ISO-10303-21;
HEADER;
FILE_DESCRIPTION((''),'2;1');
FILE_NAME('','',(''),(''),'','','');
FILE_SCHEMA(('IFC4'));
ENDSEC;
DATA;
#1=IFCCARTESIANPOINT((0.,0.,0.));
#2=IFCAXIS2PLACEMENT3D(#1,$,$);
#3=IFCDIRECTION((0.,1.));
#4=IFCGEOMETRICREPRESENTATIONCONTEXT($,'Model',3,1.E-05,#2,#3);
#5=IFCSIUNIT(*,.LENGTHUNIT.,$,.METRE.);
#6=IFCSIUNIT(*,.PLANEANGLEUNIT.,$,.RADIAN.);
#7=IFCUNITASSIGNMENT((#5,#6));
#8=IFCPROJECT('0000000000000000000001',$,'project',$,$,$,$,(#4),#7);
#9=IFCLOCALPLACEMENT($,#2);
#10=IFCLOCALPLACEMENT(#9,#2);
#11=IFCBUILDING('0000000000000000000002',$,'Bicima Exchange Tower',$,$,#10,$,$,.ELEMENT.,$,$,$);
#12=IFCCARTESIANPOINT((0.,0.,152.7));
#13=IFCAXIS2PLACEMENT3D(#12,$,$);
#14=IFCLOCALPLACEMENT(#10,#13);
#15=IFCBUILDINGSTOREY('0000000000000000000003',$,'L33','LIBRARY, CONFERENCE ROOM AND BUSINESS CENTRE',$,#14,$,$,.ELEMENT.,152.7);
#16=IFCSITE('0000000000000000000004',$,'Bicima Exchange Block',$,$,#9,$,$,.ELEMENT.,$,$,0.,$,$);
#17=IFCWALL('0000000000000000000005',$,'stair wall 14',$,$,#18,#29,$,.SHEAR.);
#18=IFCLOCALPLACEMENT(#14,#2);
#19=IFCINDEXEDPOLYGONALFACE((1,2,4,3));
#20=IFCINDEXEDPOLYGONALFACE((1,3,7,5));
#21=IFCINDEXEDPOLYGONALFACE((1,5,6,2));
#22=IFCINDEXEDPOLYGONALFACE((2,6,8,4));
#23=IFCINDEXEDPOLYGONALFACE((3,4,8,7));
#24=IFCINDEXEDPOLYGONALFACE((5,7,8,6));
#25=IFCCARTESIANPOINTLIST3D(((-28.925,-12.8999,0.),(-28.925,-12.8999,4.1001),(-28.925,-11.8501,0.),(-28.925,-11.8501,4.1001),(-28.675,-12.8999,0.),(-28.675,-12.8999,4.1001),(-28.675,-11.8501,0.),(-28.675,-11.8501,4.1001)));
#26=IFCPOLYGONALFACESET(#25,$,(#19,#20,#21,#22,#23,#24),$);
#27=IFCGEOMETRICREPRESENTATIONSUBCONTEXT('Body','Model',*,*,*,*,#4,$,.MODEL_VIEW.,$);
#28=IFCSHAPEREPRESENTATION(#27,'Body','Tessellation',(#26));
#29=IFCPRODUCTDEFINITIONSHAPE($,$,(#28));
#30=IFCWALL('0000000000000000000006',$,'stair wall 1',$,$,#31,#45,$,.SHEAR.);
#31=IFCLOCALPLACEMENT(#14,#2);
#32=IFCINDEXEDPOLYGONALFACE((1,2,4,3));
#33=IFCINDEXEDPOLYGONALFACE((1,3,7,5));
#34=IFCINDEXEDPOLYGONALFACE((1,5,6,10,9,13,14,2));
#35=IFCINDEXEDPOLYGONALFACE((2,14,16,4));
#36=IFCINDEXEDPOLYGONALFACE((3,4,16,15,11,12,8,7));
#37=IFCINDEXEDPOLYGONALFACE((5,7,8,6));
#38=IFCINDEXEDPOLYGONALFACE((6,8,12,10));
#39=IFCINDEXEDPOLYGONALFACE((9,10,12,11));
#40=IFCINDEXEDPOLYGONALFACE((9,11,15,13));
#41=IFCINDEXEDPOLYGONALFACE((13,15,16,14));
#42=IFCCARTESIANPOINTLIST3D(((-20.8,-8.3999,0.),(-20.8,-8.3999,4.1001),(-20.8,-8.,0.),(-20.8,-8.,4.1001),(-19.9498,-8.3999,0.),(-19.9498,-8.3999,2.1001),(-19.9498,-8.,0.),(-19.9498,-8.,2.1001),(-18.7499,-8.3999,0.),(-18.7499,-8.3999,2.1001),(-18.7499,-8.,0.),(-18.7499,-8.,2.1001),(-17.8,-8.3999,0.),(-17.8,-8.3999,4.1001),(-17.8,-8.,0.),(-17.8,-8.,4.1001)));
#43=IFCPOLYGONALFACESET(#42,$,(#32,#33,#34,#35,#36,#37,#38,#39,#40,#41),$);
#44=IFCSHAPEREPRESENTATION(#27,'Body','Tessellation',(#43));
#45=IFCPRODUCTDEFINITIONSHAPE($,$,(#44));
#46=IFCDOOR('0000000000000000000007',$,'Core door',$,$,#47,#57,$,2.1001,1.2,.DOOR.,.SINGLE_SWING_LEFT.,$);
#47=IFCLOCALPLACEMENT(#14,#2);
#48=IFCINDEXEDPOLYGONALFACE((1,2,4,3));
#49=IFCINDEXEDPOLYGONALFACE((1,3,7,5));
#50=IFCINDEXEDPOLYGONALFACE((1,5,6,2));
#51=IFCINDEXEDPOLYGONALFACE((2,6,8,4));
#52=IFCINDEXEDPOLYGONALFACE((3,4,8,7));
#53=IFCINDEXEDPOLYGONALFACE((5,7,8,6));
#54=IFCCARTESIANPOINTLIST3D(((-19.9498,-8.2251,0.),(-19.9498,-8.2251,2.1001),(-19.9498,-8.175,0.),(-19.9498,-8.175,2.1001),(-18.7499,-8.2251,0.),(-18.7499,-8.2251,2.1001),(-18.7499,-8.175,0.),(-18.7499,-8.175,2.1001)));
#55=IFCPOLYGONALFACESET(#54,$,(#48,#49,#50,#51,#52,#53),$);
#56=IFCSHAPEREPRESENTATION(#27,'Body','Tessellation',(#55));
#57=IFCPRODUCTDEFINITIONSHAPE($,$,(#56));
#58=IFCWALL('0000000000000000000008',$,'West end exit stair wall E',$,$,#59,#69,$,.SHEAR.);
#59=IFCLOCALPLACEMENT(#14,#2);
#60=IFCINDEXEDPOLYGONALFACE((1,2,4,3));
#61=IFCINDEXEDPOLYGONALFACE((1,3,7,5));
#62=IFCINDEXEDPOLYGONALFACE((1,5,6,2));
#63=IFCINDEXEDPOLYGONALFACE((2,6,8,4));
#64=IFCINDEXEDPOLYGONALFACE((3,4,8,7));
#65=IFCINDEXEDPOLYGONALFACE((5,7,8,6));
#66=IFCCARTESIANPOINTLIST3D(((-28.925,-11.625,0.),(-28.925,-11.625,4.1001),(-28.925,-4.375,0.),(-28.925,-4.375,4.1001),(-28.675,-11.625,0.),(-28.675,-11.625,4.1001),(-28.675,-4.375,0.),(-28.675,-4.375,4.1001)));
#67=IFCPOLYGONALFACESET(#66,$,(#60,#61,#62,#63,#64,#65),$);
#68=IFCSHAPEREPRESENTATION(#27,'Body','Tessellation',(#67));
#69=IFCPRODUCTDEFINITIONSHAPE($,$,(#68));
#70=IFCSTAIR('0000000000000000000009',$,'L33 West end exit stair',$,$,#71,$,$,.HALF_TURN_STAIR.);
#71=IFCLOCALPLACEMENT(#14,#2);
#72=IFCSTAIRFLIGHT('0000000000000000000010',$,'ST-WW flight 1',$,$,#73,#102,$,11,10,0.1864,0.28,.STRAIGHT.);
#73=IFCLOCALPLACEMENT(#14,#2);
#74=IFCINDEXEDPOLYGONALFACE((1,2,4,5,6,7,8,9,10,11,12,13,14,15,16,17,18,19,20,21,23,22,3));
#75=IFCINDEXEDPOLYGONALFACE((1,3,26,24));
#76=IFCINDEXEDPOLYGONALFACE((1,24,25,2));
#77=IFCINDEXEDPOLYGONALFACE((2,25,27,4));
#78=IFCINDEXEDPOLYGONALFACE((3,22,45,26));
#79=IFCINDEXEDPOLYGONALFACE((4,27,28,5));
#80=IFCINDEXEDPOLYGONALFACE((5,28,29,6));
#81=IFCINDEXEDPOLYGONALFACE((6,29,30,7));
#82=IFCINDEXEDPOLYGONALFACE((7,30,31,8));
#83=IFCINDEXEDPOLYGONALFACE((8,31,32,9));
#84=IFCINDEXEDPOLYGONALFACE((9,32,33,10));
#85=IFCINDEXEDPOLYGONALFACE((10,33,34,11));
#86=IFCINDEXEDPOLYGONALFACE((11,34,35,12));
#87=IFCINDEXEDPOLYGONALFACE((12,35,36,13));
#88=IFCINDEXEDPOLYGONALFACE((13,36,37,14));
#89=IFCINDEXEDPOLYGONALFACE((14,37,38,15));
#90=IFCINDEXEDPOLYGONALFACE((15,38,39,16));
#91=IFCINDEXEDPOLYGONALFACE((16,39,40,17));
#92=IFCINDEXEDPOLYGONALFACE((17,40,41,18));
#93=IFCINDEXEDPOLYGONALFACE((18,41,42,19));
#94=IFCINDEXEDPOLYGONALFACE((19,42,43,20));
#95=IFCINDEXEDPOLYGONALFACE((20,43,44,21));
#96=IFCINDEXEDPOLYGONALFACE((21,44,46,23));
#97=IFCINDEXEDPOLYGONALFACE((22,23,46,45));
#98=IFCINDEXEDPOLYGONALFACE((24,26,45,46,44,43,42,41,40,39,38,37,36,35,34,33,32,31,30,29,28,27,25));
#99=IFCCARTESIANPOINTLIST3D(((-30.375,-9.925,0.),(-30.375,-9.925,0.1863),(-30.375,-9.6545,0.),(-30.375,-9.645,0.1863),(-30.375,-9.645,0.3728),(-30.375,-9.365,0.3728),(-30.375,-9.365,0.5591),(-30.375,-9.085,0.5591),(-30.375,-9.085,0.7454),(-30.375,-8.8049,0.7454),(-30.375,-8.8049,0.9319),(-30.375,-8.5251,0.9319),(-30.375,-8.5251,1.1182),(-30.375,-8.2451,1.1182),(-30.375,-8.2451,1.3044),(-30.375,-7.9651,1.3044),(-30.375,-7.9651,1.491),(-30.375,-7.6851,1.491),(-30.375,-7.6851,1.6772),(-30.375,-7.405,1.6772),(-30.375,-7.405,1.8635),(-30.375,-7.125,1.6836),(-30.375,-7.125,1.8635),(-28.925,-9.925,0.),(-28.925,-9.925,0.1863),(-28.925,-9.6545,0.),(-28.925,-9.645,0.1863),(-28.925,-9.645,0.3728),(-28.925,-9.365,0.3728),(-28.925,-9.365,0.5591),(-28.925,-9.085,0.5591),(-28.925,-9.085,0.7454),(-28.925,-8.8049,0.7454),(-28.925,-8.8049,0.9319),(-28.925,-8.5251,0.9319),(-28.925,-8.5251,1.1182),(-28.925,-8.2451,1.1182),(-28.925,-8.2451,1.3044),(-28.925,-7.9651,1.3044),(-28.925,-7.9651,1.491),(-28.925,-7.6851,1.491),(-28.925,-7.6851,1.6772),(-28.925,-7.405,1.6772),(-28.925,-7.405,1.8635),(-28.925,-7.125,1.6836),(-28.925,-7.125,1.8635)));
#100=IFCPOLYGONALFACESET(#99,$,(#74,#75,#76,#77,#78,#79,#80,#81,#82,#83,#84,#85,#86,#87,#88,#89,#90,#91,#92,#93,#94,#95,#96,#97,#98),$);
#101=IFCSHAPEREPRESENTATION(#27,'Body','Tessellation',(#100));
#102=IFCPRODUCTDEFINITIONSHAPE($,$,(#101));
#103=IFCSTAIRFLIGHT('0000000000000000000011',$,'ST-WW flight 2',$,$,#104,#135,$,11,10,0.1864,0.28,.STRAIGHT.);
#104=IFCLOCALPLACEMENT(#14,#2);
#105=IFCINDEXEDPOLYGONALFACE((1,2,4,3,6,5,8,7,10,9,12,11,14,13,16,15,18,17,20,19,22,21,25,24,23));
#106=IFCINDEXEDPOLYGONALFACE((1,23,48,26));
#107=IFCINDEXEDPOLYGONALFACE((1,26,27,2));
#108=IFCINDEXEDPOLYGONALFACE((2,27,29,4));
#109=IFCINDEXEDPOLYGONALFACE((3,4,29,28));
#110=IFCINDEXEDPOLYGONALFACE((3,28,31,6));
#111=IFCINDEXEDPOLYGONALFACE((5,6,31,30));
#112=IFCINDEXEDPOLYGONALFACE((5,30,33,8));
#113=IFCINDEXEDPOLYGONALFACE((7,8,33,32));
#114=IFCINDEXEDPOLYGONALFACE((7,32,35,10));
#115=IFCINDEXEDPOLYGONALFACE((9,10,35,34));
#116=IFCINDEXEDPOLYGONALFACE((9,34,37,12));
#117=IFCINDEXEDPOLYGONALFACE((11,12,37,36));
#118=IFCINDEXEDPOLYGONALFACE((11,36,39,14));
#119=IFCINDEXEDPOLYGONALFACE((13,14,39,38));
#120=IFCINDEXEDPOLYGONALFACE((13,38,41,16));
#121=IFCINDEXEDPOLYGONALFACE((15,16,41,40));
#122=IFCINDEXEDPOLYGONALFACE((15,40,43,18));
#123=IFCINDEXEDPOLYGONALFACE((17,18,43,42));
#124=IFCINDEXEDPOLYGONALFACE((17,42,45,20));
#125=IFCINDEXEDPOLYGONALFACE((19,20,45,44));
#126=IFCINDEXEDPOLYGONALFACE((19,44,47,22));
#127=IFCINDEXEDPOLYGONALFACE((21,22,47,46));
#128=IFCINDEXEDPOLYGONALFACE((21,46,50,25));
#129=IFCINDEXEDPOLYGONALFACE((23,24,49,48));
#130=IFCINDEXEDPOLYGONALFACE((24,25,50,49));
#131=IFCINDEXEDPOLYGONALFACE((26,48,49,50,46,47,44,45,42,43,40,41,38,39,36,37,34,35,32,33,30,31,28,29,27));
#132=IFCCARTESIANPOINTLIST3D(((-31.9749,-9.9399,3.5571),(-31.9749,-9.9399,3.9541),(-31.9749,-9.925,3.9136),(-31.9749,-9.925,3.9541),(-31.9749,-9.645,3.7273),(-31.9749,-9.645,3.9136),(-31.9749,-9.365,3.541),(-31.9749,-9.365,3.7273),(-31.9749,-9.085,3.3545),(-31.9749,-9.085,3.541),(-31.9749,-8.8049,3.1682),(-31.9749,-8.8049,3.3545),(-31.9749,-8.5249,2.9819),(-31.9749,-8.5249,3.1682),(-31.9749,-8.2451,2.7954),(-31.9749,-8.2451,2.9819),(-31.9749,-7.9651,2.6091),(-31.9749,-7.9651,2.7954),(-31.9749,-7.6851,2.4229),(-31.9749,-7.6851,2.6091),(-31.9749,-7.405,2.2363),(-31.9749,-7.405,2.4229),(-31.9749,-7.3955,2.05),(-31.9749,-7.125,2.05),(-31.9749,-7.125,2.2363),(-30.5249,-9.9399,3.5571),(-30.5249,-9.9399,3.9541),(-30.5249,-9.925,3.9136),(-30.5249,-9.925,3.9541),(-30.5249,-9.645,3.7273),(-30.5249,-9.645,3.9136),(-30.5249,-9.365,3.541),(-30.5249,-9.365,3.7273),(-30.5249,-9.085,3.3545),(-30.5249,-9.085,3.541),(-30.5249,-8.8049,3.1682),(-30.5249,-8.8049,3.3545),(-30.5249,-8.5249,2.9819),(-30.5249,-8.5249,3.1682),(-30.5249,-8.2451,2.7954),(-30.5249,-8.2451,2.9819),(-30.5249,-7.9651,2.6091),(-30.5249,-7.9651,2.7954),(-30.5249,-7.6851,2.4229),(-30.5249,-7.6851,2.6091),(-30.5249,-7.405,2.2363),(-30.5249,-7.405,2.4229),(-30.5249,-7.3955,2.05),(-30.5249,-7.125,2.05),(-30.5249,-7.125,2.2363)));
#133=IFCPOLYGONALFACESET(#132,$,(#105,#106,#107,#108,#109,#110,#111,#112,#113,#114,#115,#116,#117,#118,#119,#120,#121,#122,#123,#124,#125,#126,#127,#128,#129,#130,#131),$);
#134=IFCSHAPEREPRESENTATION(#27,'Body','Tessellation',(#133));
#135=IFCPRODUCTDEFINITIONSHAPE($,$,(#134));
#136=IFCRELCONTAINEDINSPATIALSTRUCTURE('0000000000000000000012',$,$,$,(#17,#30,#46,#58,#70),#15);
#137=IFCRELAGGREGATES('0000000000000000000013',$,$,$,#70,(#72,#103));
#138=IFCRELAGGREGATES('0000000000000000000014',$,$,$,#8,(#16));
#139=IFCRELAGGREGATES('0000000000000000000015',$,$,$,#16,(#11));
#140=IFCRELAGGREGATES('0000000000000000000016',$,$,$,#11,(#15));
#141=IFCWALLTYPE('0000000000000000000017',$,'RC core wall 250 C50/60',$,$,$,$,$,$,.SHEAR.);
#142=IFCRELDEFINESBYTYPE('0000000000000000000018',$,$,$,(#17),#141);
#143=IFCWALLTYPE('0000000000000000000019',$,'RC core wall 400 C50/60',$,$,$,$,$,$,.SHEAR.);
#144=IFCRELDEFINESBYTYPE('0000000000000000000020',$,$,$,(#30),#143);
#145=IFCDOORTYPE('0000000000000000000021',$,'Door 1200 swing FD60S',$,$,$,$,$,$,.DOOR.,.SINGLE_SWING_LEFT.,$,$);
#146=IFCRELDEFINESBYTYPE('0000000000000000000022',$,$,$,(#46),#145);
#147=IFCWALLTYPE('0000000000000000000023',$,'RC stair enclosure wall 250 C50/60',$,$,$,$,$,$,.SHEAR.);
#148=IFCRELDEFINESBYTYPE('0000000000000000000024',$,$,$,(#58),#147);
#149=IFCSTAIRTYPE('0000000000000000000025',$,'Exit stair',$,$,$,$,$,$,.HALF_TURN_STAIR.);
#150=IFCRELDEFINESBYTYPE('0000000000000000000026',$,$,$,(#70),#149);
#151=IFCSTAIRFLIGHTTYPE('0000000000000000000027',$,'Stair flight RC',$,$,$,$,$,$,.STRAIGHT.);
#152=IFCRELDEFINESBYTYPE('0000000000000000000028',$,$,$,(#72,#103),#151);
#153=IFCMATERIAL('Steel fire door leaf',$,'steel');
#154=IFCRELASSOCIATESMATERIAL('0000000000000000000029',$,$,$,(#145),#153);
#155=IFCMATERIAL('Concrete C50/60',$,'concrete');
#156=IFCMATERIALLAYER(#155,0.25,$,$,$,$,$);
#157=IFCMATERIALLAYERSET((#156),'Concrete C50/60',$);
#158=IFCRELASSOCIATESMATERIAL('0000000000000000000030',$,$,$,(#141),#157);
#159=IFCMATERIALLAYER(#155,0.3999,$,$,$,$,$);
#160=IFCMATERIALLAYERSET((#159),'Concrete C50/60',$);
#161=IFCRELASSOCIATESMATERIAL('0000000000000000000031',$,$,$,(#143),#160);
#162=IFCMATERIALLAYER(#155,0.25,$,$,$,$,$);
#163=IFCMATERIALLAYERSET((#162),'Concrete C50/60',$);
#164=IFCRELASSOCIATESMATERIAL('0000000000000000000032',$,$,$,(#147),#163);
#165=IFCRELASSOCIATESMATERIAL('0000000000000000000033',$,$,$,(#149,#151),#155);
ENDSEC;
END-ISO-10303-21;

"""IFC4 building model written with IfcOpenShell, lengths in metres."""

from ifc_helpers import new_model, si_unit, direction, frame, frame_2d, origin, place, context, subcontext, project, spatial, polyline, rectangle, outline, extrude, material, layer, layer_set, type_object, element, fill, aggregate, save


model = new_model("IFC4")

# Units and contexts
model_context = context("Model", 3, precision=1e-05, world=origin(), true_north=direction((0.0, 1.0)))
body_context = subcontext(model_context, "Body", "Model", "MODEL_VIEW")
ifc_project = project(units=[si_unit("LENGTHUNIT", "METRE"), si_unit("PLANEANGLEUNIT", "RADIAN")], contexts=[model_context])

# Site, building, storey
site_placement = place(None, origin())
site = spatial("IfcSite", under=ifc_project, at=site_placement, Name="Bicima Exchange Block", CompositionType="ELEMENT", RefElevation=0.0)
building_placement = place(site_placement, origin())
building = spatial("IfcBuilding", under=site, at=building_placement, Name="Bicima Exchange Tower", CompositionType="ELEMENT")
storey_placement = place(building_placement, frame((0.0, 0.0, 152.7)))
storey = spatial("IfcBuildingStorey", under=building, at=storey_placement, Name="L33", Description="LIBRARY, CONFERENCE ROOM AND BUSINESS CENTRE", CompositionType="ELEMENT", Elevation=152.7)

# Shared definitions
ifc_material_1 = material(Name="Concrete C50/60", Category="concrete")
ifc_material_2 = material(Name="Steel fire door leaf", Category="steel")
door_type_1 = type_object("IfcDoorType", Name="Door 1200 swing FD60S", OperationType="SINGLE_SWING_LEFT", PredefinedType="DOOR", material=ifc_material_2)

# Wall
ifc_layer_1 = layer(ifc_material_1, 0.25)
ifc_layer_set_1 = layer_set([ifc_layer_1], Name="Concrete C50/60")
wall_type_1 = type_object("IfcWallType", Name="RC core wall 250 C50/60", PredefinedType="SHEAR", material=ifc_layer_set_1)
wall_1_placement = place(storey_placement, frame((-28.8, -12.8999, 0.0), z_axis=(0.0, 0.0, 1.0), x_axis=(0.0, 1.0, 0.0)))
element("IfcWall", 1, at=wall_1_placement, inside=storey, type_object=wall_type_1, Name="stair wall 14", PredefinedType="SHEAR", context=body_context, shape_type="SweptSolid", body=[
    extrude(rectangle(XDim=1.0498, YDim=0.25, at=frame_2d((0.5249, 0.0))), origin(), (0.0, 0.0, 1.0), 4.1001),
])

# Wall, opening, door
ifc_layer_2 = layer(ifc_material_1, 0.3999)
ifc_layer_set_2 = layer_set([ifc_layer_2], Name="Concrete C50/60")
wall_type_2 = type_object("IfcWallType", Name="RC core wall 400 C50/60", PredefinedType="SHEAR", material=ifc_layer_set_2)
wall_2_placement = place(storey_placement, frame((-20.8, -8.2, 0.0), z_axis=(0.0, 0.0, 1.0), x_axis=(1.0, 0.0, 0.0)))
wall_2 = element("IfcWall", 2, at=wall_2_placement, inside=storey, type_object=wall_type_2, Name="stair wall 1", PredefinedType="SHEAR", context=body_context, shape_type="SweptSolid", body=[
    extrude(rectangle(XDim=3.0, YDim=0.3999, at=frame_2d((1.5, 0.0))), origin(), (0.0, 0.0, 1.0), 4.1001),
])
opening_1_placement = place(wall_2_placement, frame((0.8501, 0.0, 0.0)))
opening_1 = element("IfcOpeningElement", 3, at=opening_1_placement, cuts=wall_2, PredefinedType="OPENING", context=body_context, shape_type="SweptSolid", body=[
    extrude(rectangle(XDim=1.2, YDim=2.1001, at=frame_2d((0.6001, 1.05))), frame((0.0, 0.2119, 0.0), z_axis=(0.0, -1.0, 0.0), x_axis=(1.0, 0.0, 0.0)), (0.0, 0.0, 1.0), 0.4238),
])
door_1_placement = place(opening_1_placement, origin())
door_1 = element("IfcDoor", 4, at=door_1_placement, inside=storey, type_object=door_type_1, Name="Core door", OperationType="SINGLE_SWING_LEFT", OverallHeight=2.1001, OverallWidth=1.2, PredefinedType="DOOR", context=body_context, shape_type="SweptSolid", body=[
    extrude(rectangle(XDim=1.2, YDim=2.1001, at=frame_2d((0.6001, 1.05))), frame((0.0, 0.0249, 0.0), z_axis=(0.0, -1.0, 0.0), x_axis=(1.0, 0.0, 0.0)), (0.0, 0.0, 1.0), 0.05),
])
fill(opening_1, door_1)

# Wall
ifc_layer_3 = layer(ifc_material_1, 0.25)
ifc_layer_set_3 = layer_set([ifc_layer_3], Name="Concrete C50/60")
wall_type_3 = type_object("IfcWallType", Name="RC stair enclosure wall 250 C50/60", PredefinedType="SHEAR", material=ifc_layer_set_3)
wall_3_placement = place(storey_placement, frame((-28.8, -11.625, 0.0), z_axis=(0.0, 0.0, 1.0), x_axis=(0.0, 1.0, 0.0)))
element("IfcWall", 5, at=wall_3_placement, inside=storey, type_object=wall_type_3, Name="West end exit stair wall E", PredefinedType="SHEAR", context=body_context, shape_type="SweptSolid", body=[
    extrude(rectangle(XDim=7.25, YDim=0.25, at=frame_2d((3.625, 0.0))), origin(), (0.0, 0.0, 1.0), 4.1001),
])

# Stair, stair flights
stair_type = type_object("IfcStairType", Name="Exit stair", PredefinedType="HALF_TURN_STAIR", material=ifc_material_1)
stair_placement = place(storey_placement, origin())
stair = element("IfcStair", 6, at=stair_placement, inside=storey, type_object=stair_type, Name="L33 West end exit stair", PredefinedType="HALF_TURN_STAIR")
stair_flight_type = type_object("IfcStairFlightType", Name="Stair flight RC", PredefinedType="STRAIGHT", material=ifc_material_1)
stair_flight_1_placement = place(storey_placement, frame((-29.6499, -9.925, 0.0), z_axis=(0.0, 0.0, 1.0), x_axis=(0.0, 1.0, 0.0)))
stair_flight_1 = element("IfcStairFlight", 7, at=stair_flight_1_placement, type_object=stair_flight_type, Name="ST-WW flight 1", NumberOfRisers=11, NumberOfTreads=10, PredefinedType="STRAIGHT", RiserHeight=0.1864, TreadLength=0.28, context=body_context, shape_type="SweptSolid", body=[
    extrude(outline(polyline([(0.0, 0.0), (0.0, 0.1863), (0.28, 0.1863), (0.28, 0.3728), (0.5601, 0.3728), (0.5601, 0.5591), (0.8401, 0.5591), (0.8401, 0.7454), (1.1201, 0.7454), (1.1201, 0.9319), (1.3999, 0.9319), (1.3999, 1.1182), (1.6799, 1.1182), (1.6799, 1.3044), (1.96, 1.3044), (1.96, 1.491), (2.24, 1.491), (2.24, 1.6772), (2.52, 1.6772), (2.52, 1.8635), (2.8, 1.8635), (2.8, 2.05), (2.8, 1.6836), (0.2705, 0.0), (0.0, 0.0)])), frame((0.0, 0.7251, 0.0), z_axis=(0.0, -1.0, 0.0), x_axis=(1.0, 0.0, 0.0)), (0.0, 0.0, 1.0), 1.45),
])
stair_flight_2_placement = place(storey_placement, frame((-31.25, -7.125, 2.05), z_axis=(0.0, 0.0, 1.0), x_axis=(0.0, -1.0, 0.0)))
stair_flight_2 = element("IfcStairFlight", 8, at=stair_flight_2_placement, type_object=stair_flight_type, Name="ST-WW flight 2", NumberOfRisers=11, NumberOfTreads=10, PredefinedType="STRAIGHT", RiserHeight=0.1864, TreadLength=0.28, context=body_context, shape_type="SweptSolid", body=[
    extrude(outline(polyline([(0.0, 0.0), (0.0, 0.1863), (0.28, 0.1863), (0.28, 0.3728), (0.5601, 0.3728), (0.5601, 0.5591), (0.8401, 0.5591), (0.8401, 0.7454), (1.1201, 0.7454), (1.1201, 0.9319), (1.3999, 0.9319), (1.3999, 1.1182), (1.6799, 1.1182), (1.6799, 1.3044), (1.96, 1.3044), (1.96, 1.491), (2.24, 1.491), (2.24, 1.6772), (2.52, 1.6772), (2.52, 1.8635), (2.8, 1.8635), (2.8, 1.9041), (2.8149, 1.9041), (2.8149, 1.5071), (0.2705, 0.0), (0.0, 0.0)])), frame((0.0, 0.7251, 0.0), z_axis=(0.0, -1.0, 0.0), x_axis=(1.0, 0.0, 0.0)), (0.0, 0.0, 1.0), 1.45),
])
aggregate(stair, [stair_flight_1, stair_flight_2])

save(model, "model.ifc")
